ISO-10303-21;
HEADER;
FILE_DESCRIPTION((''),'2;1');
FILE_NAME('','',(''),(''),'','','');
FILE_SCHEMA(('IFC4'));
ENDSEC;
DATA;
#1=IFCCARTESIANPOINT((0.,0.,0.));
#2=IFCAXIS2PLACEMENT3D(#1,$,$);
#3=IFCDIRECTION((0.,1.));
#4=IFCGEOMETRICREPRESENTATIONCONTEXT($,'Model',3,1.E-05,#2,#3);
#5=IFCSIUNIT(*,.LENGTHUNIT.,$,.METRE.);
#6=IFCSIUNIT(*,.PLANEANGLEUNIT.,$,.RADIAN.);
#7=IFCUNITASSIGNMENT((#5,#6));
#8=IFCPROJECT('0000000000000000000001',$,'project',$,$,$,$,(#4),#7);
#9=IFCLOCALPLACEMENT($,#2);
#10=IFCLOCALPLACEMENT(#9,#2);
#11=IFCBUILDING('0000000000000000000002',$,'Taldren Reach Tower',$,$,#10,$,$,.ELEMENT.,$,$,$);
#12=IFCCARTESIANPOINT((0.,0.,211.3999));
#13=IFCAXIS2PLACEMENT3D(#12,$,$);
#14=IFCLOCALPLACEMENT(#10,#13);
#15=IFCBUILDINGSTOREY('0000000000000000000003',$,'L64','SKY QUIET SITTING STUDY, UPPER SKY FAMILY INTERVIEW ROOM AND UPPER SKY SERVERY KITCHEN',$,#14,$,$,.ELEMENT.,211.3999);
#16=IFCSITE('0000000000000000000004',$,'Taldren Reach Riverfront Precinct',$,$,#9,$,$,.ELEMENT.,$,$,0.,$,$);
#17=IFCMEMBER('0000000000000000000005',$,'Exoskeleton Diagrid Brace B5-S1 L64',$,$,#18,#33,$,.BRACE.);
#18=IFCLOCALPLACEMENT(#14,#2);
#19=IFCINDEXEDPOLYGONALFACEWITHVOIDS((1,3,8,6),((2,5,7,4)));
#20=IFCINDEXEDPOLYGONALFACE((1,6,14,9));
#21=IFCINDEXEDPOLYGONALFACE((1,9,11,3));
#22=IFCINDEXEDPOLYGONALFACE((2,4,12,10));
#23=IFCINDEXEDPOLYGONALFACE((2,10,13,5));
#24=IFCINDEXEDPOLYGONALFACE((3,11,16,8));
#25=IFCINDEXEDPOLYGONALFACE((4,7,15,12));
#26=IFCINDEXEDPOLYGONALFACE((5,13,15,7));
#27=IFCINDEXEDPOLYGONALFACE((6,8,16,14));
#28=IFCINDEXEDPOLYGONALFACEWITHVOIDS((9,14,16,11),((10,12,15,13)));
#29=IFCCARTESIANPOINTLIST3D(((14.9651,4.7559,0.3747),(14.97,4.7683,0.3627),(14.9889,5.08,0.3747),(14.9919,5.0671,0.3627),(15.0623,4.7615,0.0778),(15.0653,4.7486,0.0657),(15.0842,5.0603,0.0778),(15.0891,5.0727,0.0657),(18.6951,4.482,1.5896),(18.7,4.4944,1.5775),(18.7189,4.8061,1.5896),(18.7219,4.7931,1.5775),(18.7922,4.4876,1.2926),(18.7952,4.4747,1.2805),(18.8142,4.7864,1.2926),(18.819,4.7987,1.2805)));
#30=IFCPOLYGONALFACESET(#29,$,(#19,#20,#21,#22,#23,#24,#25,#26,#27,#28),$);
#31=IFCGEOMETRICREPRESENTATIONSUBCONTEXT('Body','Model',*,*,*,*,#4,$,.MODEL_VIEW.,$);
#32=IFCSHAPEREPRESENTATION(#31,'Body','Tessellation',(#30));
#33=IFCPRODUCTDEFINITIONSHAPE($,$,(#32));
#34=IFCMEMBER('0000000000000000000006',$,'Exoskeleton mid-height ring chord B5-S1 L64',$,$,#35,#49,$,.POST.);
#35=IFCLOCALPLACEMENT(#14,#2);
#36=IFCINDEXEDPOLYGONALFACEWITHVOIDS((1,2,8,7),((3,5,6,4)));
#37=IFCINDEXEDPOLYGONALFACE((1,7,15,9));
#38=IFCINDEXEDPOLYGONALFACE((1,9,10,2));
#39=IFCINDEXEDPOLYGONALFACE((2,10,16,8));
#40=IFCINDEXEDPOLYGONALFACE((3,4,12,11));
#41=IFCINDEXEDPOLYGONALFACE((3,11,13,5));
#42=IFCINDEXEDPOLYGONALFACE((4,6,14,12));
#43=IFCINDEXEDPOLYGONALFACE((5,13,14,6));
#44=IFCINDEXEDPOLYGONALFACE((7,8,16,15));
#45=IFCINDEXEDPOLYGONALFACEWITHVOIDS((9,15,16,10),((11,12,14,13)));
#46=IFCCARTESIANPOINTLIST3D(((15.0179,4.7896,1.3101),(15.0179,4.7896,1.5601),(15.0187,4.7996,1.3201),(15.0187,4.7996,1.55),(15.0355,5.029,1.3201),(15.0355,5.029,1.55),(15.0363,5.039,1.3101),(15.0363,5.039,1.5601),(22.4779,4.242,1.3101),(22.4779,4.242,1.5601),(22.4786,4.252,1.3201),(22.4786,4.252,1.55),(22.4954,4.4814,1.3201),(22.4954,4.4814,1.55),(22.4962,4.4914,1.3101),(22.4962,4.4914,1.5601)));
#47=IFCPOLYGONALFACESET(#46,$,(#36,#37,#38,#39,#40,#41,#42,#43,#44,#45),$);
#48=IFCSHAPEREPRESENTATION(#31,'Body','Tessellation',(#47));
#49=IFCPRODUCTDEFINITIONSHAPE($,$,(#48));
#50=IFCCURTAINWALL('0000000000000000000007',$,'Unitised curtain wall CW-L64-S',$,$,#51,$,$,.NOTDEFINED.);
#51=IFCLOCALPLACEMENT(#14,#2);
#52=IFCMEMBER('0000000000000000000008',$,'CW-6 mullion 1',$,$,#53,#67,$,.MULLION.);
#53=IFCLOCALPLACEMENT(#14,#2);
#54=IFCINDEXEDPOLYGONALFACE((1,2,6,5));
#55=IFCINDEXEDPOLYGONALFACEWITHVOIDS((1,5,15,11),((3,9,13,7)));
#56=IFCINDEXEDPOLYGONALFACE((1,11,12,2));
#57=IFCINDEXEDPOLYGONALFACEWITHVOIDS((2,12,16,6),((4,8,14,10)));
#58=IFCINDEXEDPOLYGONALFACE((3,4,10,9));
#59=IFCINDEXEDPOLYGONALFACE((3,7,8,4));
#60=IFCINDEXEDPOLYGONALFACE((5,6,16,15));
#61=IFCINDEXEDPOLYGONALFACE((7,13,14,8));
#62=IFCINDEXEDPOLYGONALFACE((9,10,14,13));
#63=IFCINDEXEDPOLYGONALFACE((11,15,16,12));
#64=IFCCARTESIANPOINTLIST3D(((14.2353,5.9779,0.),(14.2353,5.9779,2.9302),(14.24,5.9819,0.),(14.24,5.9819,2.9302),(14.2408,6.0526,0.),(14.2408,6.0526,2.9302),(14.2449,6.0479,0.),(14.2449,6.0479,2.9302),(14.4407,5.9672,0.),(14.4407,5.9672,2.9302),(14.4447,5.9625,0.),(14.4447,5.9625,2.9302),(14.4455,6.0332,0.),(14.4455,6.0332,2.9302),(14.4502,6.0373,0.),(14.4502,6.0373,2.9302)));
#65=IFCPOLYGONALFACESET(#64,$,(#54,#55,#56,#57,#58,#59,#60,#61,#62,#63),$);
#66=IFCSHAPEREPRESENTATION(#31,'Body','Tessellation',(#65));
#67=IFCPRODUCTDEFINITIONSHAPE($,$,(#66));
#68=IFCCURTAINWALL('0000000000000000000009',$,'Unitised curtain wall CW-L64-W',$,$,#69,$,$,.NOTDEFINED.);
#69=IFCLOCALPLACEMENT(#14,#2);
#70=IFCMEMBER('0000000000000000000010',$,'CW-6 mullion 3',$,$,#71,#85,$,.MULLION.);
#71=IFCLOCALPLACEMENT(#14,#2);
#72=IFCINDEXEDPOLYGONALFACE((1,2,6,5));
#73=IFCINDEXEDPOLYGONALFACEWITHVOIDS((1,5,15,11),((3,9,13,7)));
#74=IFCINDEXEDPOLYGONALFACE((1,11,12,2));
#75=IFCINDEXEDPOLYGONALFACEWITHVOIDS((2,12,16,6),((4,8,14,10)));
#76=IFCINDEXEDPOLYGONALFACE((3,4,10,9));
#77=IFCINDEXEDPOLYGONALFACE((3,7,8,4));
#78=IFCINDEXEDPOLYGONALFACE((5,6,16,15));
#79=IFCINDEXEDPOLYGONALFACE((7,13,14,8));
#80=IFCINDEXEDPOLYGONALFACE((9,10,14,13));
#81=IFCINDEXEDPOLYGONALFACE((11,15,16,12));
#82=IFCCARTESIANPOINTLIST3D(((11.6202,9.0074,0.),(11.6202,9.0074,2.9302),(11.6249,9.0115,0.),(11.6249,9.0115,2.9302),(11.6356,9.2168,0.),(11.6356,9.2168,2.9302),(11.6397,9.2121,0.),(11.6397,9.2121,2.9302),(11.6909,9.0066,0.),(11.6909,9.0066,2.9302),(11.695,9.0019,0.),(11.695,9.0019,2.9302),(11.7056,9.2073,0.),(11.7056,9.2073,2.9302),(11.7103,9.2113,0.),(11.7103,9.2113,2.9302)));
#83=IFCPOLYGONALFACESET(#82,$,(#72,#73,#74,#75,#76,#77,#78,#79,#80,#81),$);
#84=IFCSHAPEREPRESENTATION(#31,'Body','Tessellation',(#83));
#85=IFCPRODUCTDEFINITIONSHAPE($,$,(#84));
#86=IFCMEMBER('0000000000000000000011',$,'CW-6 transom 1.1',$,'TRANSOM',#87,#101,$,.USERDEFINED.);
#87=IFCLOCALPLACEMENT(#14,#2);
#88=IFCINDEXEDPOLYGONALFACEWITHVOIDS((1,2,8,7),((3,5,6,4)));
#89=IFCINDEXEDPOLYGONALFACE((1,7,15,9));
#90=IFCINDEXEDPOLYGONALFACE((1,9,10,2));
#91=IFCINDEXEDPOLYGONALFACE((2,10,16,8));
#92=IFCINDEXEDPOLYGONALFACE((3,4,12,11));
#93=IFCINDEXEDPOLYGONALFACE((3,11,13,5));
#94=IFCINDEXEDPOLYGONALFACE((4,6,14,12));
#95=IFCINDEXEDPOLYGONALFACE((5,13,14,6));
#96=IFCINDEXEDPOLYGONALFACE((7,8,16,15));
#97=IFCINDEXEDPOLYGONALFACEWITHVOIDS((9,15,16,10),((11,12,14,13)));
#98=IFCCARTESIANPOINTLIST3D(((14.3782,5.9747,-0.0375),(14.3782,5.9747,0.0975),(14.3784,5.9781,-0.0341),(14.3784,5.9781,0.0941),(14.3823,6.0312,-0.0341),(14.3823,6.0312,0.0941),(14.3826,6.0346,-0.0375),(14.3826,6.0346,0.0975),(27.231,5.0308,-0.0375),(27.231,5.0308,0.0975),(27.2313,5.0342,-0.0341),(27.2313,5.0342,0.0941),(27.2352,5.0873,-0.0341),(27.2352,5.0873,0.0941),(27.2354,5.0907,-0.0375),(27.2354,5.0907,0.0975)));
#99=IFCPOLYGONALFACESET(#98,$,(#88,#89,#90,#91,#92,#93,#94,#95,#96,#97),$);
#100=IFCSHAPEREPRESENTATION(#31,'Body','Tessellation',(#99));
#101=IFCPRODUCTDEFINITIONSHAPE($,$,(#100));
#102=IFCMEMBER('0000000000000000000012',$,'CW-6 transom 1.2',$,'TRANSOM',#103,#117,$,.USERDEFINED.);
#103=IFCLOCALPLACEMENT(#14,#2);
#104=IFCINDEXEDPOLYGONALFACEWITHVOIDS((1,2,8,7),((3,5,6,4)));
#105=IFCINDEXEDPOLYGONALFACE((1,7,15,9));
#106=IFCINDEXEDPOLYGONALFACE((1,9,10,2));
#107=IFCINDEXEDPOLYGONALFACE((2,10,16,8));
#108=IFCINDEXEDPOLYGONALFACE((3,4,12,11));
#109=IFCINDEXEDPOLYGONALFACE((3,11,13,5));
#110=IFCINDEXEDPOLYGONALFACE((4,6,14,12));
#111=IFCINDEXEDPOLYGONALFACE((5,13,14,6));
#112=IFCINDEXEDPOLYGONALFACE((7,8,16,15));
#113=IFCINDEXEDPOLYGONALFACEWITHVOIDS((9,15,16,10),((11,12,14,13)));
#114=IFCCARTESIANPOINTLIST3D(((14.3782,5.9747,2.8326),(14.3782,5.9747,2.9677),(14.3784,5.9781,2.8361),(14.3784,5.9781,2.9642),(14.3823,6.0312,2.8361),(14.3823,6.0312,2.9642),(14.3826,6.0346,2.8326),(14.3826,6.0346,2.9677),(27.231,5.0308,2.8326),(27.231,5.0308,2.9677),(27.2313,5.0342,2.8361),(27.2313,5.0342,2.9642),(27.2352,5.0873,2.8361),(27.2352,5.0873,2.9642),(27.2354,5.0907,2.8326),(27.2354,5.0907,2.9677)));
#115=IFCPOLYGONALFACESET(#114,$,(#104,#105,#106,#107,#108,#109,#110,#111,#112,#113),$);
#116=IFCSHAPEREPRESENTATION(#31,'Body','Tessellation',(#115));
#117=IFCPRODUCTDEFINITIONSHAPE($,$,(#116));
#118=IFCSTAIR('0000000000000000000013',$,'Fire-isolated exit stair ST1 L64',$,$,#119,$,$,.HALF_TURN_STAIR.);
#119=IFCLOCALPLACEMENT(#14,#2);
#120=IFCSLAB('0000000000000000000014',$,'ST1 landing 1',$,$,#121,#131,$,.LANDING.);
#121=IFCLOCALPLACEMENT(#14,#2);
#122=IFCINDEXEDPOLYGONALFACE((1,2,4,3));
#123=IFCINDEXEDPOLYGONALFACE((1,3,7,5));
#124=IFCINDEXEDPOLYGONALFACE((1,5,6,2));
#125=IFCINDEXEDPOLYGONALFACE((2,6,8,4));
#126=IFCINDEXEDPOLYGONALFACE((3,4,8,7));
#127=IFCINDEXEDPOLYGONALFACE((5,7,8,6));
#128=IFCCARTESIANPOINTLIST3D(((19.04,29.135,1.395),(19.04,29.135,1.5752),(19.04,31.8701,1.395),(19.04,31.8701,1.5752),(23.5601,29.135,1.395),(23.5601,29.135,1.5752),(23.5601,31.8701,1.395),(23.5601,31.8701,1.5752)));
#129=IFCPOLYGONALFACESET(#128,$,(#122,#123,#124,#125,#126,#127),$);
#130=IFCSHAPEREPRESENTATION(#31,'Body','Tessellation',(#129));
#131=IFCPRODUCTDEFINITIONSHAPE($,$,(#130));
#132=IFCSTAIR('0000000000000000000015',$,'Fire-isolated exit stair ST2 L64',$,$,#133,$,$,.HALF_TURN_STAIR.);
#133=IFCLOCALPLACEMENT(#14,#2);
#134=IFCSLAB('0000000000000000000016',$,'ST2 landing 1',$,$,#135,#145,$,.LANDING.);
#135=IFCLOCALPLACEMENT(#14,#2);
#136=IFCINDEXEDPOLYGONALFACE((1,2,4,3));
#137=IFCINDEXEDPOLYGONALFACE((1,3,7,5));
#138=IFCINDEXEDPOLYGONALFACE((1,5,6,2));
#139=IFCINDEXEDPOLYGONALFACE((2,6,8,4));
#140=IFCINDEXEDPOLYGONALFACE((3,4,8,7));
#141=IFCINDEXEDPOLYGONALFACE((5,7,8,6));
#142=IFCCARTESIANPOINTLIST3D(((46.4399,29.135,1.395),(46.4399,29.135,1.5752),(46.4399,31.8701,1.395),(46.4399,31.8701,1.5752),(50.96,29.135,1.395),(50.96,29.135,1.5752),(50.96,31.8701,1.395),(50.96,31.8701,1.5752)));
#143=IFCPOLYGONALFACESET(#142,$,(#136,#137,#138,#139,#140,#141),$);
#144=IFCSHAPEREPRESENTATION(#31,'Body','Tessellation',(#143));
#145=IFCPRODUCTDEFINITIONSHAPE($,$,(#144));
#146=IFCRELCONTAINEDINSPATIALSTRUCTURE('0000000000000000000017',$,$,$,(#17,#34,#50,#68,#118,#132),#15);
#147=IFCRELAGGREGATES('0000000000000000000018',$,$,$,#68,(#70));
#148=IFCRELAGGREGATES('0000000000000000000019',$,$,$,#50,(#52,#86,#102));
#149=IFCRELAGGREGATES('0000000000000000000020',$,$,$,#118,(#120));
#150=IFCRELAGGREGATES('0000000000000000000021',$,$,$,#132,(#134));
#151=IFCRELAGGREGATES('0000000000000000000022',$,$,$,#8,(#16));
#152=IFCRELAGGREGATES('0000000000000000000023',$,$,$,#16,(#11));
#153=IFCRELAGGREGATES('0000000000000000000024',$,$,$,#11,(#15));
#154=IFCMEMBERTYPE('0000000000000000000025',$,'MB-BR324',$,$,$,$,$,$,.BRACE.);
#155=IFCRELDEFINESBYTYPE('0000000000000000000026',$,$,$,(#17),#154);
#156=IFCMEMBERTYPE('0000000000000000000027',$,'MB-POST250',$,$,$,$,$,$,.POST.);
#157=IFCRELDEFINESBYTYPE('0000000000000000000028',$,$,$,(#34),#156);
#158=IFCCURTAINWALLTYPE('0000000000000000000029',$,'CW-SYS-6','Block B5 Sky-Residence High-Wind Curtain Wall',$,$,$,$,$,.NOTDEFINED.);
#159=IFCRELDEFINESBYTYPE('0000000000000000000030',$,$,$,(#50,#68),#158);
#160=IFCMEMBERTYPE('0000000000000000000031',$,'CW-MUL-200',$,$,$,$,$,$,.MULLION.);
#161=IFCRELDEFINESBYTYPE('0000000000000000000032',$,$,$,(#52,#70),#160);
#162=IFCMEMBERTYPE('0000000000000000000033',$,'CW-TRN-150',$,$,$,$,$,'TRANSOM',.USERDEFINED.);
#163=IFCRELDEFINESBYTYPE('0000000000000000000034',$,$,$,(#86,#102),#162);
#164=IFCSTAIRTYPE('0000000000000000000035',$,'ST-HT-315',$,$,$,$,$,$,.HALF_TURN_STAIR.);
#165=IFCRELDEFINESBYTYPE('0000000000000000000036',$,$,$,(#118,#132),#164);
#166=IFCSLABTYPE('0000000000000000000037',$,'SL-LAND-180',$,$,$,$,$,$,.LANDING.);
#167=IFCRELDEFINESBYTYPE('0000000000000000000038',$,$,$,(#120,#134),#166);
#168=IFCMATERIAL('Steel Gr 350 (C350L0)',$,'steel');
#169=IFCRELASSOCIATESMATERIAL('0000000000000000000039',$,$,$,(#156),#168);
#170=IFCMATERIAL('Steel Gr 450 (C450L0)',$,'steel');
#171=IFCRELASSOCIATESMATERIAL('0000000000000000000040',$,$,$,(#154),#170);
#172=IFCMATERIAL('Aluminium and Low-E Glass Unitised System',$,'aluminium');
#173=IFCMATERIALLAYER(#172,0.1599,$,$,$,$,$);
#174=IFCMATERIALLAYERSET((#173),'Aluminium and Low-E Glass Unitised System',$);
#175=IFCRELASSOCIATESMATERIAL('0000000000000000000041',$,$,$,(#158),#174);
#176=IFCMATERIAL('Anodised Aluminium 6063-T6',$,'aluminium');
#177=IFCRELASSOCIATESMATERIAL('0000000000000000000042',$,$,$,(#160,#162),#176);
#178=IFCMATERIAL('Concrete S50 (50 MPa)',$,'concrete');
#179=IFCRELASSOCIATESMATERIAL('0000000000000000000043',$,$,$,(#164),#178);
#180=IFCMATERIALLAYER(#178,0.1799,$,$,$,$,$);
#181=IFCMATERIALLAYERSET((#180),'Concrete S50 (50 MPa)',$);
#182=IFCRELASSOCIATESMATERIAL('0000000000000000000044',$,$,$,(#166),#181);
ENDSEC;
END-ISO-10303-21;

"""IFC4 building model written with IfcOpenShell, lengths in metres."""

from ifc_helpers import new_model, si_unit, direction, frame, origin, origin_2d, place, context, subcontext, project, spatial, polyline, hollow_rectangle, outline, extrude, source, transform, mapped, material, layer, layer_set, material_profile, profile_set, type_object, element, aggregate, save


model = new_model("IFC4")

# Units and contexts
model_context = context("Model", 3, precision=1e-05, world=origin(), true_north=direction((0.0, 1.0)))
body_context = subcontext(model_context, "Body", "Model", "MODEL_VIEW")
ifc_project = project(units=[si_unit("LENGTHUNIT", "METRE"), si_unit("PLANEANGLEUNIT", "RADIAN")], contexts=[model_context])

# Site, building, storey
site_placement = place(None, origin())
site = spatial("IfcSite", under=ifc_project, at=site_placement, Name="Taldren Reach Riverfront Precinct", CompositionType="ELEMENT", RefElevation=0.0)
building_placement = place(site_placement, origin())
building = spatial("IfcBuilding", under=site, at=building_placement, Name="Taldren Reach Tower", CompositionType="ELEMENT")
storey_placement = place(building_placement, frame((0.0, 0.0, 211.3999)))
storey = spatial("IfcBuildingStorey", under=building, at=storey_placement, Name="L64", Description="SKY QUIET SITTING STUDY, UPPER SKY FAMILY INTERVIEW ROOM AND UPPER SKY SERVERY KITCHEN", CompositionType="ELEMENT", Elevation=211.3999)

# Shared definitions
ifc_material_1 = material(Name="Steel Gr 350 (C350L0)", Category="steel")

# Shared definitions
ifc_material_profile_1 = material_profile(ifc_material_1, hollow_rectangle(XDim=0.25, YDim=0.25, WallThickness=0.01, at=origin_2d()), Name="250x250x10.0SHS")
ifc_profile_set_1 = profile_set([ifc_material_profile_1], Name="Steel Gr 350 (C350L0)")
member_type_1 = type_object("IfcMemberType", Name="MB-POST250", PredefinedType="POST", material=ifc_profile_set_1)
ifc_material_2 = material(Name="Steel Gr 450 (C450L0)", Category="steel")

# Members
ifc_material_profile_2 = material_profile(ifc_material_2, hollow_rectangle(XDim=0.325, YDim=0.325, WallThickness=0.0127, at=origin_2d()), Name="325x325x12.7SHS")
ifc_profile_set_2 = profile_set([ifc_material_profile_2], Name="Steel Gr 450 (C450L0)")
member_type_2 = type_object("IfcMemberType", Name="MB-BR324", PredefinedType="BRACE", material=ifc_profile_set_2)
shared_shape_1 = source(origin(), body_context, "Body", "SweptSolid", [
    extrude(hollow_rectangle(XDim=0.325, YDim=0.325, WallThickness=0.0127, at=origin_2d()), origin(), (0.0, 0.0, 1.0), 3.9324),
])
member_1_placement = place(storey_placement, frame((15.0271, 4.9143, 0.2202), z_axis=(0.948529, -0.069659, 0.308933), x_axis=(0.073242, 0.997314, 0.0)))
element("IfcMember", 1, at=member_1_placement, inside=storey, type_object=member_type_2, Name="Exoskeleton Diagrid Brace B5-S1 L64", PredefinedType="BRACE", context=body_context, shape_type="MappedRepresentation", body=[
    mapped(shared_shape_1, transform((0.0, 0.0, 0.0), scale=1.0)),
])
shared_shape_2 = source(origin(), body_context, "Body", "SweptSolid", [
    extrude(hollow_rectangle(XDim=0.25, YDim=0.25, WallThickness=0.01, at=origin_2d()), origin(), (0.0, 0.0, 1.0), 7.48),
])
member_2_placement = place(storey_placement, frame((15.0271, 4.9143, 1.4351), z_axis=(0.997317, -0.073209, 0.0), x_axis=(0.073209, 0.997317, 0.0)))
element("IfcMember", 2, at=member_2_placement, inside=storey, type_object=member_type_1, Name="Exoskeleton mid-height ring chord B5-S1 L64", PredefinedType="POST", context=body_context, shape_type="MappedRepresentation", body=[
    mapped(shared_shape_2, transform((0.0, 0.0, 0.0), scale=1.0)),
])

# Curtain walls, members
ifc_material_3 = material(Name="Aluminium and Low-E Glass Unitised System", Category="aluminium")
ifc_layer_1 = layer(ifc_material_3, 0.1599)
ifc_layer_set_1 = layer_set([ifc_layer_1], Name="Aluminium and Low-E Glass Unitised System")
curtain_wall_type = type_object("IfcCurtainWallType", Name="CW-SYS-6", Description="Block B5 Sky-Residence High-Wind Curtain Wall", PredefinedType="NOTDEFINED", material=ifc_layer_set_1)
curtain_wall_1_placement = place(storey_placement, origin())
curtain_wall_1 = element("IfcCurtainWall", 3, at=curtain_wall_1_placement, inside=storey, type_object=curtain_wall_type, Name="Unitised curtain wall CW-L64-S", PredefinedType="NOTDEFINED")
ifc_material_4 = material(Name="Anodised Aluminium 6063-T6", Category="aluminium")
ifc_material_profile_3 = material_profile(ifc_material_4, hollow_rectangle(XDim=0.075, YDim=0.21, WallThickness=0.0044, at=origin_2d()), Name="ALU-210x75x4.5RHS")
ifc_profile_set_3 = profile_set([ifc_material_profile_3], Name="Anodised Aluminium 6063-T6")
member_type_3 = type_object("IfcMemberType", Name="CW-MUL-200", PredefinedType="MULLION", material=ifc_profile_set_3)
shared_shape_3 = source(origin(), body_context, "Body", "SweptSolid", [
    extrude(hollow_rectangle(XDim=0.075, YDim=0.21, WallThickness=0.0044, at=origin_2d()), origin(), (0.0, 0.0, 1.0), 2.9302),
])
member_3_placement = place(storey_placement, frame((14.3428, 6.0076, 0.0), z_axis=(0.0, 0.0, 1.0), x_axis=(0.073238, 0.997314, 0.0)))
member_3 = element("IfcMember", 4, at=member_3_placement, type_object=member_type_3, Name="CW-6 mullion 1", PredefinedType="MULLION", context=body_context, shape_type="MappedRepresentation", body=[
    mapped(shared_shape_3, transform((0.0, 0.0, 0.0), scale=1.0)),
])
curtain_wall_2_placement = place(storey_placement, origin())
curtain_wall_2 = element("IfcCurtainWall", 5, at=curtain_wall_2_placement, inside=storey, type_object=curtain_wall_type, Name="Unitised curtain wall CW-L64-W", PredefinedType="NOTDEFINED")
member_4_placement = place(storey_placement, frame((11.6653, 9.1094, 0.0), z_axis=(0.0, 0.0, 1.0), x_axis=(0.997314, -0.073238, 0.0)))
member_4 = element("IfcMember", 6, at=member_4_placement, type_object=member_type_3, Name="CW-6 mullion 3", PredefinedType="MULLION", context=body_context, shape_type="MappedRepresentation", body=[
    mapped(shared_shape_3, transform((0.0, 0.0, 0.0), scale=1.0)),
])
aggregate(curtain_wall_2, [member_4])

# Members
ifc_material_profile_4 = material_profile(ifc_material_4, hollow_rectangle(XDim=0.0601, YDim=0.135, WallThickness=0.0034, at=origin_2d()), Name="ALU-135x60x3.5RHS")
ifc_profile_set_4 = profile_set([ifc_material_profile_4], Name="Anodised Aluminium 6063-T6")
member_type_4 = type_object("IfcMemberType", Name="CW-TRN-150", ElementType="TRANSOM", PredefinedType="USERDEFINED", material=ifc_profile_set_4)
shared_shape_4 = source(origin(), body_context, "Body", "SweptSolid", [
    extrude(hollow_rectangle(XDim=0.0601, YDim=0.135, WallThickness=0.0034, at=origin_2d()), origin(), (0.0, 0.0, 1.0), 12.8875),
])
member_5_placement = place(storey_placement, frame((14.3804, 6.0046, 0.03), z_axis=(0.997314, -0.073238, 0.0), x_axis=(0.073238, 0.997314, 0.0)))
member_5 = element("IfcMember", 7, at=member_5_placement, type_object=member_type_4, Name="CW-6 transom 1.1", ObjectType="TRANSOM", PredefinedType="USERDEFINED", context=body_context, shape_type="MappedRepresentation", body=[
    mapped(shared_shape_4, transform((0.0, 0.0, 0.0), scale=1.0)),
])
member_6_placement = place(storey_placement, frame((14.3804, 6.0046, 2.9001), z_axis=(0.997314, -0.073238, 0.0), x_axis=(0.073238, 0.997314, 0.0)))
member_6 = element("IfcMember", 8, at=member_6_placement, type_object=member_type_4, Name="CW-6 transom 1.2", ObjectType="TRANSOM", PredefinedType="USERDEFINED", context=body_context, shape_type="MappedRepresentation", body=[
    mapped(shared_shape_4, transform((0.0, 0.0, 0.0), scale=1.0)),
])
aggregate(curtain_wall_1, [member_3, member_5, member_6])

# Stairs, slabs
ifc_material_5 = material(Name="Concrete S50 (50 MPa)", Category="concrete")
stair_type = type_object("IfcStairType", Name="ST-HT-315", PredefinedType="HALF_TURN_STAIR", material=ifc_material_5)
stair_1_placement = place(storey_placement, origin())
stair_1 = element("IfcStair", 9, at=stair_1_placement, inside=storey, type_object=stair_type, Name="Fire-isolated exit stair ST1 L64", PredefinedType="HALF_TURN_STAIR")
ifc_layer_2 = layer(ifc_material_5, 0.1799)
ifc_layer_set_2 = layer_set([ifc_layer_2], Name="Concrete S50 (50 MPa)")
slab_type_1 = type_object("IfcSlabType", Name="SL-LAND-180", PredefinedType="LANDING", material=ifc_layer_set_2)
slab_1_placement = place(storey_placement, frame((0.0, 0.0, 1.395)))
slab_1 = element("IfcSlab", 10, at=slab_1_placement, type_object=slab_type_1, Name="ST1 landing 1", PredefinedType="LANDING", context=body_context, shape_type="SweptSolid", body=[
    extrude(outline(polyline([(19.04, 29.135), (23.5601, 29.135), (23.5601, 31.8701), (19.04, 31.8701), (19.04, 29.135)])), origin(), (0.0, 0.0, 1.0), 0.1802),
])
aggregate(stair_1, [slab_1])
stair_2_placement = place(storey_placement, origin())
stair_2 = element("IfcStair", 11, at=stair_2_placement, inside=storey, type_object=stair_type, Name="Fire-isolated exit stair ST2 L64", PredefinedType="HALF_TURN_STAIR")
slab_2_placement = place(storey_placement, frame((0.0, 0.0, 1.395)))
slab_2 = element("IfcSlab", 12, at=slab_2_placement, type_object=slab_type_1, Name="ST2 landing 1", PredefinedType="LANDING", context=body_context, shape_type="SweptSolid", body=[
    extrude(outline(polyline([(46.4399, 29.135), (50.96, 29.135), (50.96, 31.8701), (46.4399, 31.8701), (46.4399, 29.135)])), origin(), (0.0, 0.0, 1.0), 0.1802),
])
aggregate(stair_2, [slab_2])

save(model, "model.ifc")
